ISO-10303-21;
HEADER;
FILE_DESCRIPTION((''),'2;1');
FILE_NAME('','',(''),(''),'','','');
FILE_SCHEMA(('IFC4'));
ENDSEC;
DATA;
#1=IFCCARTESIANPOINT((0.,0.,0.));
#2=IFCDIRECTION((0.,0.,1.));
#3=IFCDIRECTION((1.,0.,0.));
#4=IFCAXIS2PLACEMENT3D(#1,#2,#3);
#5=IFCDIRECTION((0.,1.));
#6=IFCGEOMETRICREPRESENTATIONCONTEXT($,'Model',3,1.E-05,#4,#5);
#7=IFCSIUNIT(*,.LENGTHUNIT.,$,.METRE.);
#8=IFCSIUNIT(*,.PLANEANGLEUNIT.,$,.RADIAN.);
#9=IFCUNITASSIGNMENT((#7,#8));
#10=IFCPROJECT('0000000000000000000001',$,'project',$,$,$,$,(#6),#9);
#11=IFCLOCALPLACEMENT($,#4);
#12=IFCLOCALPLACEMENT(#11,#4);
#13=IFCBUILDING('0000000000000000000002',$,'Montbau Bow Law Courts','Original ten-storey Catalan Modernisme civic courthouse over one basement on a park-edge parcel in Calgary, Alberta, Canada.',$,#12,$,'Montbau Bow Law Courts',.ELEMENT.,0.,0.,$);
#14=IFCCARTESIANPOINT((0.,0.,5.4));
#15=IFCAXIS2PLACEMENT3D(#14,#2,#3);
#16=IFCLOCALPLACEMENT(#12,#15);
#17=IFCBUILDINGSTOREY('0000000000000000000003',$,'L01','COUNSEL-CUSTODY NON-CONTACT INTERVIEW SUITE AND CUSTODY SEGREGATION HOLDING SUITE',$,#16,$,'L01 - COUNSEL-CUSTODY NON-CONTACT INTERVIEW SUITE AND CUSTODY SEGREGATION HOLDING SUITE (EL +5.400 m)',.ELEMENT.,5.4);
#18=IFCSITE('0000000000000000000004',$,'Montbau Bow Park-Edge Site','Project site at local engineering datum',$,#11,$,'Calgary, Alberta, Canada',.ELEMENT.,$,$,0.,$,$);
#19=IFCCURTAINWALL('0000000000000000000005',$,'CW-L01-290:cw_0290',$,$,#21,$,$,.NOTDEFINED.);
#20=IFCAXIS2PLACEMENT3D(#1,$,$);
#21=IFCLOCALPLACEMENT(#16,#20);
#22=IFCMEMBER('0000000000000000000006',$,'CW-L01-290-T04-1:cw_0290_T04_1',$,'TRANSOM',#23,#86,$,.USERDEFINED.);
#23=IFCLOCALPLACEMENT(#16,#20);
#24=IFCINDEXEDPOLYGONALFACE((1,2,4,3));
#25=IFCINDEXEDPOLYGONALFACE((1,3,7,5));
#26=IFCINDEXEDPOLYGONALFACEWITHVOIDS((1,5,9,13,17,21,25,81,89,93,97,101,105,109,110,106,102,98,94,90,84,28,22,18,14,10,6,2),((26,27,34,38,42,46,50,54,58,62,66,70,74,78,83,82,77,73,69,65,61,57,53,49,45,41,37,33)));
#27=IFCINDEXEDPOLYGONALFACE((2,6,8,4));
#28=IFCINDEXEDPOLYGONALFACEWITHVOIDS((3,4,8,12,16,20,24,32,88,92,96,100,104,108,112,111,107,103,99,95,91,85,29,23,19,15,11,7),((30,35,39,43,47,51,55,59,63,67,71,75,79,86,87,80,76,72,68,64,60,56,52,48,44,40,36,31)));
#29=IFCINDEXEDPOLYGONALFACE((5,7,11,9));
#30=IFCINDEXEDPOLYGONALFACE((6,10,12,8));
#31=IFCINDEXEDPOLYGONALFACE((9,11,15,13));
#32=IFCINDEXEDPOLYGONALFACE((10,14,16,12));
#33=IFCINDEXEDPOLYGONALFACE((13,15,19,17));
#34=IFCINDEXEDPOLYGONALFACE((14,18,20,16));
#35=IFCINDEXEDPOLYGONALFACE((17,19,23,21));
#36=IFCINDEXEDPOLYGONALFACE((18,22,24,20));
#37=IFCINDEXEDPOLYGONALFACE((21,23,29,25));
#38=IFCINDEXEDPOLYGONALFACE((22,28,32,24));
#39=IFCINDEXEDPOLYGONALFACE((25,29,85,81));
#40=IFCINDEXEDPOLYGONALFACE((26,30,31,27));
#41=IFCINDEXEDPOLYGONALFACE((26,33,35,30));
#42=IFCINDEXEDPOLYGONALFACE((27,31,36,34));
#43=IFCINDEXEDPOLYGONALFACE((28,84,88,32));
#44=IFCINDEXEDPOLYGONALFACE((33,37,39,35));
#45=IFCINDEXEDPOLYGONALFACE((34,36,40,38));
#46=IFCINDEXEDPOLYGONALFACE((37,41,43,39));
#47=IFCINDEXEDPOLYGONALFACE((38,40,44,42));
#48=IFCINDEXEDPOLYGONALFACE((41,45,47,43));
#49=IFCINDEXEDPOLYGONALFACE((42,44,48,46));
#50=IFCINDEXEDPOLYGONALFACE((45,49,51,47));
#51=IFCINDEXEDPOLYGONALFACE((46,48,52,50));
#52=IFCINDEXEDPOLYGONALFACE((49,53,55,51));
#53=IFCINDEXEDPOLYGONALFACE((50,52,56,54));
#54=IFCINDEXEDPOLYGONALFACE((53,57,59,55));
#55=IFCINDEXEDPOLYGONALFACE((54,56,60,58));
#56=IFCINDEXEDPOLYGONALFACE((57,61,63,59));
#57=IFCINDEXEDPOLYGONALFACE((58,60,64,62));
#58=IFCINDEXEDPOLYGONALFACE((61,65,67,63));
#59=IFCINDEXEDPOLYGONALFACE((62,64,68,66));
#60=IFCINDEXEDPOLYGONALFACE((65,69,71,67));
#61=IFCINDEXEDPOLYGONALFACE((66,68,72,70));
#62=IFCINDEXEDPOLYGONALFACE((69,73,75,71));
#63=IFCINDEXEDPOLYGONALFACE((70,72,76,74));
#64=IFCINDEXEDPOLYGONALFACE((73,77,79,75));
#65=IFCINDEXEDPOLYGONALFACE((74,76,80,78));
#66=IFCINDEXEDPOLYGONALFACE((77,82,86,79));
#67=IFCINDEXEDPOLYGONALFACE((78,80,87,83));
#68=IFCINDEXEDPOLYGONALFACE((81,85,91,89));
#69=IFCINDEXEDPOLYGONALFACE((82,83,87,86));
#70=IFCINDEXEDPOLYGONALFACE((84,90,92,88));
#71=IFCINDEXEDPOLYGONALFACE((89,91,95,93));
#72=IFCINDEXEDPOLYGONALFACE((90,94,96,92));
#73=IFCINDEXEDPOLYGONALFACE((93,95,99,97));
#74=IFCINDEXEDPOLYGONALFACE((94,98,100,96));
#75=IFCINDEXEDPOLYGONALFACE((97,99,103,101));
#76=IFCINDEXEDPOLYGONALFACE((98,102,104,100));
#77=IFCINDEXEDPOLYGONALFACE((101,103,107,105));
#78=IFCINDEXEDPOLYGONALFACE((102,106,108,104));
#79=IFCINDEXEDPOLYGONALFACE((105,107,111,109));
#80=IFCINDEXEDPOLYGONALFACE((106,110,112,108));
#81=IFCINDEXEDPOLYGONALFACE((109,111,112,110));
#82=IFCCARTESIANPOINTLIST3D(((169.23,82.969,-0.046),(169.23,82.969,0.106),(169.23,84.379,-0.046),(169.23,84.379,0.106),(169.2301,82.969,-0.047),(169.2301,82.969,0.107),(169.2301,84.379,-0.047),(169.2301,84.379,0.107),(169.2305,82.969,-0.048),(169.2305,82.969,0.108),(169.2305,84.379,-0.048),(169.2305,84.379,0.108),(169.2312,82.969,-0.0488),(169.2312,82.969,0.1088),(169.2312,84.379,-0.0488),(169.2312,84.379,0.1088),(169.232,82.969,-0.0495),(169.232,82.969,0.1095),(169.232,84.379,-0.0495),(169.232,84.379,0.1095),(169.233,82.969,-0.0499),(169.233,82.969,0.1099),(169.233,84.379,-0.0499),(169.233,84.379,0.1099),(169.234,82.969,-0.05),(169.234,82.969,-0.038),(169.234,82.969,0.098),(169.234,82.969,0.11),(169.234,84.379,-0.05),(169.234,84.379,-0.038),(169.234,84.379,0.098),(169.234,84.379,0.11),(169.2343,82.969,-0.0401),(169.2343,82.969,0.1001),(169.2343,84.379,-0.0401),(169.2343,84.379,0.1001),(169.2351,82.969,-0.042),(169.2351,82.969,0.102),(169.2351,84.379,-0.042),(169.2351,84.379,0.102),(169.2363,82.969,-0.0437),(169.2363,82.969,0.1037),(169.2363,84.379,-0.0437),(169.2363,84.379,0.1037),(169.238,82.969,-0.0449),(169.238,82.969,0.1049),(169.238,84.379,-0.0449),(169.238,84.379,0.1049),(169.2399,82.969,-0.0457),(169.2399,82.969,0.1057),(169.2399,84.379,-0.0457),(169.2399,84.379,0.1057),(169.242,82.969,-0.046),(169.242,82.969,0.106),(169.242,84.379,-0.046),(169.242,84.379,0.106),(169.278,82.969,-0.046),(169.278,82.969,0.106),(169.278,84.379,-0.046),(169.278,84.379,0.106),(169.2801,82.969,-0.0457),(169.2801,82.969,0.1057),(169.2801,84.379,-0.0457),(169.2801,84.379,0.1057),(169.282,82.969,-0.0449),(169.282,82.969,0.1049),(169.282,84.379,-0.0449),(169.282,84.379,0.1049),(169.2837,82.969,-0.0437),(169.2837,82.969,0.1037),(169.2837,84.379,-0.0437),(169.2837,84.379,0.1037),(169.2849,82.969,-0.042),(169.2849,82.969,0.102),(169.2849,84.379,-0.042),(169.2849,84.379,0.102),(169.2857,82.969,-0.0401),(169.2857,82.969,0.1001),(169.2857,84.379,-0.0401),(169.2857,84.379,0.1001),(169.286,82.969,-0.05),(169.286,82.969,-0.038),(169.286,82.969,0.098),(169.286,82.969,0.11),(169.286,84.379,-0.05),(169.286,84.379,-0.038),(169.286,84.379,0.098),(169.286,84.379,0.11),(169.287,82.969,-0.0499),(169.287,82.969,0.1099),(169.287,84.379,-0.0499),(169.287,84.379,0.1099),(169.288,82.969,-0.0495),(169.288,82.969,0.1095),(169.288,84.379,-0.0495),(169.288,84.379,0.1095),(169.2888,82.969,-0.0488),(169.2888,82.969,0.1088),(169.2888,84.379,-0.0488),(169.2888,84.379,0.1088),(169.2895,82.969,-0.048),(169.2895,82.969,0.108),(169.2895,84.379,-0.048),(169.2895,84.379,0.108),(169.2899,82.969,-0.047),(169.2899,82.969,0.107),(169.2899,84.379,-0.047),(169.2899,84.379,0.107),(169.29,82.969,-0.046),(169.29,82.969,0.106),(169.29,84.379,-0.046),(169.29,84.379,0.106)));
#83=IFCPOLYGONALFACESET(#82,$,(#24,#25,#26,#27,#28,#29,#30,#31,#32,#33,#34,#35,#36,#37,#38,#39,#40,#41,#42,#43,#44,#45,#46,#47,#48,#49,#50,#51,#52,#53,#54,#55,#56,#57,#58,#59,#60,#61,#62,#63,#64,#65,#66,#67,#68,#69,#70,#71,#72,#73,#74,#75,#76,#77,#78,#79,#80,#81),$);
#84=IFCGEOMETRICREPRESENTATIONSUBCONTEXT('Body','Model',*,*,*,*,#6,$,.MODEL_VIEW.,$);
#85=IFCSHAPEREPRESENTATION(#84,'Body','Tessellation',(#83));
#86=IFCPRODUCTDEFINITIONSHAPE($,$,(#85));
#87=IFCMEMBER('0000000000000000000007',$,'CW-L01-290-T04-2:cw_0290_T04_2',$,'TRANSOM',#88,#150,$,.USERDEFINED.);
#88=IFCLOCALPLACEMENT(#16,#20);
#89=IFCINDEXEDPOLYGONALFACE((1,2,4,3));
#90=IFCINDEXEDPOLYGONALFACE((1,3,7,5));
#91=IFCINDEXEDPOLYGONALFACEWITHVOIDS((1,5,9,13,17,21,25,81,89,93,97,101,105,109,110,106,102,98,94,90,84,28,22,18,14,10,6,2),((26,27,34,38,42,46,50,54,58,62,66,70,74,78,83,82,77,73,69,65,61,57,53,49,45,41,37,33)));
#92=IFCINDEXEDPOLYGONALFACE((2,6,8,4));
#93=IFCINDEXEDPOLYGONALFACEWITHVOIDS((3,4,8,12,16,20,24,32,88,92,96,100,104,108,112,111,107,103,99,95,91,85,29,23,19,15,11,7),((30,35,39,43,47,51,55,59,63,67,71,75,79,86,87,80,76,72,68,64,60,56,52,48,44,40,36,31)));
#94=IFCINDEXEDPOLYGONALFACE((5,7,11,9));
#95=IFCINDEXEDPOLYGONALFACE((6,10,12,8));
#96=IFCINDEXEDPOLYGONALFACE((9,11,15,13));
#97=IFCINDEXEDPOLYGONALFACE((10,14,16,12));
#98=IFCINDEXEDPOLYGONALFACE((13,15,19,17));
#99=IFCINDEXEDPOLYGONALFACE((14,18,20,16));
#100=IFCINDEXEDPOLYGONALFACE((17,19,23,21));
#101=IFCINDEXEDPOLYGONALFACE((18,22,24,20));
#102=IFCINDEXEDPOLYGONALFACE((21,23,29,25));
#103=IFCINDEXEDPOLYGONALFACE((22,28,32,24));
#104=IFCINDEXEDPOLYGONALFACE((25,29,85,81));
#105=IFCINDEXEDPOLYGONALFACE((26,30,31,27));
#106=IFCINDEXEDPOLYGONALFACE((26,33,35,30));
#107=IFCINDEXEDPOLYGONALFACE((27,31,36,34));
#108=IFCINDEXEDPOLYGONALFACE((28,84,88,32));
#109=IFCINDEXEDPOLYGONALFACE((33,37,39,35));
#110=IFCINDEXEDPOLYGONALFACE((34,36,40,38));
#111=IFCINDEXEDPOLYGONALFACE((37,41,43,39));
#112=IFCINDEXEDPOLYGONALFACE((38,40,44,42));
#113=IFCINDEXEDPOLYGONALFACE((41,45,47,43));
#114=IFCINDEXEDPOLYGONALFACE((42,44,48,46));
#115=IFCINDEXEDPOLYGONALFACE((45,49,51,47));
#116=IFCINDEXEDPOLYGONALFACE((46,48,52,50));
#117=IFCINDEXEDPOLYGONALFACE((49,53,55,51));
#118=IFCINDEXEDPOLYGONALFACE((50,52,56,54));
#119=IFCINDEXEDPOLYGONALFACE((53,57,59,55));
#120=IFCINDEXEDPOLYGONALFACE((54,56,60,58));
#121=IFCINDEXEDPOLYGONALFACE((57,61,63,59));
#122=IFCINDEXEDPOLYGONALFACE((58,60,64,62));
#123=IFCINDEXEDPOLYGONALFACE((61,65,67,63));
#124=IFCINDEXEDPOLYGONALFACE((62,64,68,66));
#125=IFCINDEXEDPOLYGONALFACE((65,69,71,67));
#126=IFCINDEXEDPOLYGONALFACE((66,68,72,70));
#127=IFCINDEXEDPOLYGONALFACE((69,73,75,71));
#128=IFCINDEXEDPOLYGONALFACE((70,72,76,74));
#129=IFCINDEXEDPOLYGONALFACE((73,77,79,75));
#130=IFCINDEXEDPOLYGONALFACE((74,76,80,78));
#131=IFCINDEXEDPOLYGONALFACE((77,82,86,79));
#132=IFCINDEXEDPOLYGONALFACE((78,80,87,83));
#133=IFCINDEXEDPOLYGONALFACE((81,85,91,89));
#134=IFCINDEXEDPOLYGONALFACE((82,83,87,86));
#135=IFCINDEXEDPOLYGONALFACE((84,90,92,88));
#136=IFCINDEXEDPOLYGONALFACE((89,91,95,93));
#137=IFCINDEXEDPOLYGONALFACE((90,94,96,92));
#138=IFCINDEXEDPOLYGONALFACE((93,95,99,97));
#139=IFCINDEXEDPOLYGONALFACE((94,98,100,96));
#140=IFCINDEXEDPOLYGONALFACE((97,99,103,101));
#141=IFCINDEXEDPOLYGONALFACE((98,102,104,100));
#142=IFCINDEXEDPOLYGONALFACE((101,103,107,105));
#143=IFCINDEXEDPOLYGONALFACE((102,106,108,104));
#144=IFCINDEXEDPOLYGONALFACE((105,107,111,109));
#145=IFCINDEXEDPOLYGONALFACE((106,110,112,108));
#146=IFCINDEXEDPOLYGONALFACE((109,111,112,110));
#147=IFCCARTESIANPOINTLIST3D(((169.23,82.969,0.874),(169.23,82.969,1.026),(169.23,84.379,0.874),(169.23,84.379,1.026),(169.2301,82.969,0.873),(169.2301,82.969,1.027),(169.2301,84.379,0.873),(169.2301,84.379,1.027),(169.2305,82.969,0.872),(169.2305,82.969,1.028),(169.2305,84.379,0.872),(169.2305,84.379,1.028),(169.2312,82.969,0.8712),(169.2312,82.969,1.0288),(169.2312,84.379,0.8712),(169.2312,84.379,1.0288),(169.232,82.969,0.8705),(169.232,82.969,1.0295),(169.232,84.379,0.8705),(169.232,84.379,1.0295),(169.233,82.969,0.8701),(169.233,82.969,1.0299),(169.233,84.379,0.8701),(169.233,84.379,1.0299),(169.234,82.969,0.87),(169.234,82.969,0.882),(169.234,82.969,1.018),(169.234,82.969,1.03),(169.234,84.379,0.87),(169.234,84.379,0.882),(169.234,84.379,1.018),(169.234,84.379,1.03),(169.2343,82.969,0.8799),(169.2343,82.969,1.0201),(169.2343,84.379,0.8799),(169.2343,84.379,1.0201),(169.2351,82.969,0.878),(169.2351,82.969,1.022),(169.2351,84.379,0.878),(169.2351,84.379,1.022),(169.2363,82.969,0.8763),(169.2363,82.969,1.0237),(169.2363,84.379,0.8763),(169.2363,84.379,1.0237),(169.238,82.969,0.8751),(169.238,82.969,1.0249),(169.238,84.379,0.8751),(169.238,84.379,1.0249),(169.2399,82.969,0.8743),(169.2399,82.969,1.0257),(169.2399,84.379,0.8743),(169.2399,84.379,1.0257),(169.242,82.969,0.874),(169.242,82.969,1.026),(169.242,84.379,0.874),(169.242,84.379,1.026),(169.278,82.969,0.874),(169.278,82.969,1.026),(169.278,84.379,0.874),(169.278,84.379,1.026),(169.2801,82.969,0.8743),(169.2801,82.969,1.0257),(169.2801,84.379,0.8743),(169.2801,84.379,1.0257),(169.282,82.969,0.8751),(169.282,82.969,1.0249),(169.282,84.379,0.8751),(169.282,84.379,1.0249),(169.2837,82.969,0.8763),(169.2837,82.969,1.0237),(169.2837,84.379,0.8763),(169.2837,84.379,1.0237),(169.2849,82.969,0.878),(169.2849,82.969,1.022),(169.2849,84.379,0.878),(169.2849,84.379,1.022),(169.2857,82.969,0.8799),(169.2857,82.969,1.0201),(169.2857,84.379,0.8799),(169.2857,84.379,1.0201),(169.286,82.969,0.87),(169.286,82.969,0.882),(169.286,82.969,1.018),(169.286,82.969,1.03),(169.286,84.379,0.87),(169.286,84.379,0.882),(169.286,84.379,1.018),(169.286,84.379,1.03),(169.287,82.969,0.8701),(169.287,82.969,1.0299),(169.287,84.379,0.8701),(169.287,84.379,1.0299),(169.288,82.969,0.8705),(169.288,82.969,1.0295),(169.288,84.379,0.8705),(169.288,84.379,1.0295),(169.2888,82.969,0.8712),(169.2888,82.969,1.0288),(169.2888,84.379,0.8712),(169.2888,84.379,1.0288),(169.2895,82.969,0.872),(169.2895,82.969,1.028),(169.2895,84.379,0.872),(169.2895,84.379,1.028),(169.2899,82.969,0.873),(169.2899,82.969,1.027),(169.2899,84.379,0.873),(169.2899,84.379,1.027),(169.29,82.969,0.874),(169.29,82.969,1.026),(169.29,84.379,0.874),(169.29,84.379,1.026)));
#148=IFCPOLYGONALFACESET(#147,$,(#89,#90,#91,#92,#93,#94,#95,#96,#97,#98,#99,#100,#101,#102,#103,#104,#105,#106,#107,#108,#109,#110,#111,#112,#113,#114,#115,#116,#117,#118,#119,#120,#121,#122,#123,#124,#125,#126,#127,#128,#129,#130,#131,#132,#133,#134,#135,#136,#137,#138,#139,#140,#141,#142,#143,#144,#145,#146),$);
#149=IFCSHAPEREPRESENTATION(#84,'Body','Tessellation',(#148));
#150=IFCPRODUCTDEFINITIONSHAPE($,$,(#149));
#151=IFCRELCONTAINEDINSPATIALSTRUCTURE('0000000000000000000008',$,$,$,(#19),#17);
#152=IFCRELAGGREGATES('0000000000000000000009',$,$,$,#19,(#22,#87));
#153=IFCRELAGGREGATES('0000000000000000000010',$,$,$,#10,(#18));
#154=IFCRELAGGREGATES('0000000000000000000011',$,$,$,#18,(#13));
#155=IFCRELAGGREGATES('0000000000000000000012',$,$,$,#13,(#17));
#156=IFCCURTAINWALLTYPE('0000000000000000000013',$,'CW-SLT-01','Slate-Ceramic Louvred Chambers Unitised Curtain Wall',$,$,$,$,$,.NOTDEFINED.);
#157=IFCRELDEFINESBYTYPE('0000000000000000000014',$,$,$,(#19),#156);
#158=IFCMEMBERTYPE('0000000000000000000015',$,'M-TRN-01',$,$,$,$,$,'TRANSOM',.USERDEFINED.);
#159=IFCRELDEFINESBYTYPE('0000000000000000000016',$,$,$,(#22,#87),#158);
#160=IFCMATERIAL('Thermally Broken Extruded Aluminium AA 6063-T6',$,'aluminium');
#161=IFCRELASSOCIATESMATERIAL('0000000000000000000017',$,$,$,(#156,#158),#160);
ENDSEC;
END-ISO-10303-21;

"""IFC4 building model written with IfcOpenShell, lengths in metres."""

from ifc_helpers import new_model, si_unit, direction, frame, origin_with_axes, origin_2d_with_axis, place, context, subcontext, project, spatial, hollow_rectangle, extrude, material, material_profile, profile_set, type_object, element, aggregate, save


model = new_model("IFC4")

# Units and contexts
model_context = context("Model", 3, precision=1e-05, world=origin_with_axes(), true_north=direction((0.0, 1.0)))
body_context = subcontext(model_context, "Body", "Model", "MODEL_VIEW")
ifc_project = project(units=[si_unit("LENGTHUNIT", "METRE"), si_unit("PLANEANGLEUNIT", "RADIAN")], contexts=[model_context])

# Site, building, storey
site_placement = place(None, origin_with_axes())
site = spatial("IfcSite", under=ifc_project, at=site_placement, Name="Montbau Bow Park-Edge Site", Description="Project site at local engineering datum", LongName="Calgary, Alberta, Canada", CompositionType="ELEMENT", RefElevation=0.0)
building_placement = place(site_placement, origin_with_axes())
building = spatial("IfcBuilding", under=site, at=building_placement, Name="Montbau Bow Law Courts", Description="Original ten-storey Catalan Modernisme civic courthouse over one basement on a park-edge parcel in Calgary, Alberta, Canada.", LongName="Montbau Bow Law Courts", CompositionType="ELEMENT", ElevationOfRefHeight=0.0, ElevationOfTerrain=0.0)
storey_placement = place(building_placement, frame((0.0, 0.0, 5.4), z_axis=(0.0, 0.0, 1.0), x_axis=(1.0, 0.0, 0.0)))
storey = spatial("IfcBuildingStorey", under=building, at=storey_placement, Name="L01", Description="COUNSEL-CUSTODY NON-CONTACT INTERVIEW SUITE AND CUSTODY SEGREGATION HOLDING SUITE", LongName="L01 - COUNSEL-CUSTODY NON-CONTACT INTERVIEW SUITE AND CUSTODY SEGREGATION HOLDING SUITE (EL +5.400 m)", CompositionType="ELEMENT", Elevation=5.4)

# Curtain wall, members
ifc_material_1 = material(Name="Thermally Broken Extruded Aluminium AA 6063-T6", Category="aluminium")
curtain_wall_type = type_object("IfcCurtainWallType", Name="CW-SLT-01", Description="Slate-Ceramic Louvred Chambers Unitised Curtain Wall", PredefinedType="NOTDEFINED", material=ifc_material_1)
curtain_wall_placement = place(None, frame((169.26, 78.515, 5.4), z_axis=(0.0, 0.0, 1.0), x_axis=(1.0, 0.0, 0.0)))
curtain_wall = element("IfcCurtainWall", 1, at=curtain_wall_placement, inside=storey, type_object=curtain_wall_type, Name="CW-L01-290:cw_0290", PredefinedType="NOTDEFINED")
ifc_material_profile_1 = material_profile(ifc_material_1, hollow_rectangle(XDim=0.06, YDim=0.16, WallThickness=0.004, InnerFilletRadius=0.008, OuterFilletRadius=0.004, at=origin_2d_with_axis()), Name="CWT-160X60", Category="Main", Priority=0)
ifc_profile_set_1 = profile_set([ifc_material_profile_1], Name="Thermally Broken Extruded Aluminium AA 6063-T6")
member_type_1 = type_object("IfcMemberType", Name="M-TRN-01", ElementType="TRANSOM", PredefinedType="USERDEFINED", material=ifc_profile_set_1)
member_1_placement = place(None, frame((169.26, 82.969, 5.43), z_axis=(0.0, 1.0, 0.0), x_axis=(-1.0, 0.0, 0.0)))
member_1 = element("IfcMember", 2, at=member_1_placement, type_object=member_type_1, Name="CW-L01-290-T04-1:cw_0290_T04_1", ObjectType="TRANSOM", PredefinedType="USERDEFINED", context=body_context, shape_type="SweptSolid", body=[
    extrude(hollow_rectangle(XDim=0.06, YDim=0.16, WallThickness=0.004, InnerFilletRadius=0.008, OuterFilletRadius=0.004, at=origin_2d_with_axis()), origin_with_axes(), (0.0, 0.0, 1.0), 1.41),
])
member_2_placement = place(None, frame((169.26, 82.969, 6.35), z_axis=(0.0, 1.0, 0.0), x_axis=(-1.0, 0.0, 0.0)))
member_2 = element("IfcMember", 3, at=member_2_placement, type_object=member_type_1, Name="CW-L01-290-T04-2:cw_0290_T04_2", ObjectType="TRANSOM", PredefinedType="USERDEFINED", context=body_context, shape_type="SweptSolid", body=[
    extrude(hollow_rectangle(XDim=0.06, YDim=0.16, WallThickness=0.004, InnerFilletRadius=0.008, OuterFilletRadius=0.004, at=origin_2d_with_axis()), origin_with_axes(), (0.0, 0.0, 1.0), 1.41),
])
aggregate(curtain_wall, [member_1, member_2])

save(model, "model.ifc")
